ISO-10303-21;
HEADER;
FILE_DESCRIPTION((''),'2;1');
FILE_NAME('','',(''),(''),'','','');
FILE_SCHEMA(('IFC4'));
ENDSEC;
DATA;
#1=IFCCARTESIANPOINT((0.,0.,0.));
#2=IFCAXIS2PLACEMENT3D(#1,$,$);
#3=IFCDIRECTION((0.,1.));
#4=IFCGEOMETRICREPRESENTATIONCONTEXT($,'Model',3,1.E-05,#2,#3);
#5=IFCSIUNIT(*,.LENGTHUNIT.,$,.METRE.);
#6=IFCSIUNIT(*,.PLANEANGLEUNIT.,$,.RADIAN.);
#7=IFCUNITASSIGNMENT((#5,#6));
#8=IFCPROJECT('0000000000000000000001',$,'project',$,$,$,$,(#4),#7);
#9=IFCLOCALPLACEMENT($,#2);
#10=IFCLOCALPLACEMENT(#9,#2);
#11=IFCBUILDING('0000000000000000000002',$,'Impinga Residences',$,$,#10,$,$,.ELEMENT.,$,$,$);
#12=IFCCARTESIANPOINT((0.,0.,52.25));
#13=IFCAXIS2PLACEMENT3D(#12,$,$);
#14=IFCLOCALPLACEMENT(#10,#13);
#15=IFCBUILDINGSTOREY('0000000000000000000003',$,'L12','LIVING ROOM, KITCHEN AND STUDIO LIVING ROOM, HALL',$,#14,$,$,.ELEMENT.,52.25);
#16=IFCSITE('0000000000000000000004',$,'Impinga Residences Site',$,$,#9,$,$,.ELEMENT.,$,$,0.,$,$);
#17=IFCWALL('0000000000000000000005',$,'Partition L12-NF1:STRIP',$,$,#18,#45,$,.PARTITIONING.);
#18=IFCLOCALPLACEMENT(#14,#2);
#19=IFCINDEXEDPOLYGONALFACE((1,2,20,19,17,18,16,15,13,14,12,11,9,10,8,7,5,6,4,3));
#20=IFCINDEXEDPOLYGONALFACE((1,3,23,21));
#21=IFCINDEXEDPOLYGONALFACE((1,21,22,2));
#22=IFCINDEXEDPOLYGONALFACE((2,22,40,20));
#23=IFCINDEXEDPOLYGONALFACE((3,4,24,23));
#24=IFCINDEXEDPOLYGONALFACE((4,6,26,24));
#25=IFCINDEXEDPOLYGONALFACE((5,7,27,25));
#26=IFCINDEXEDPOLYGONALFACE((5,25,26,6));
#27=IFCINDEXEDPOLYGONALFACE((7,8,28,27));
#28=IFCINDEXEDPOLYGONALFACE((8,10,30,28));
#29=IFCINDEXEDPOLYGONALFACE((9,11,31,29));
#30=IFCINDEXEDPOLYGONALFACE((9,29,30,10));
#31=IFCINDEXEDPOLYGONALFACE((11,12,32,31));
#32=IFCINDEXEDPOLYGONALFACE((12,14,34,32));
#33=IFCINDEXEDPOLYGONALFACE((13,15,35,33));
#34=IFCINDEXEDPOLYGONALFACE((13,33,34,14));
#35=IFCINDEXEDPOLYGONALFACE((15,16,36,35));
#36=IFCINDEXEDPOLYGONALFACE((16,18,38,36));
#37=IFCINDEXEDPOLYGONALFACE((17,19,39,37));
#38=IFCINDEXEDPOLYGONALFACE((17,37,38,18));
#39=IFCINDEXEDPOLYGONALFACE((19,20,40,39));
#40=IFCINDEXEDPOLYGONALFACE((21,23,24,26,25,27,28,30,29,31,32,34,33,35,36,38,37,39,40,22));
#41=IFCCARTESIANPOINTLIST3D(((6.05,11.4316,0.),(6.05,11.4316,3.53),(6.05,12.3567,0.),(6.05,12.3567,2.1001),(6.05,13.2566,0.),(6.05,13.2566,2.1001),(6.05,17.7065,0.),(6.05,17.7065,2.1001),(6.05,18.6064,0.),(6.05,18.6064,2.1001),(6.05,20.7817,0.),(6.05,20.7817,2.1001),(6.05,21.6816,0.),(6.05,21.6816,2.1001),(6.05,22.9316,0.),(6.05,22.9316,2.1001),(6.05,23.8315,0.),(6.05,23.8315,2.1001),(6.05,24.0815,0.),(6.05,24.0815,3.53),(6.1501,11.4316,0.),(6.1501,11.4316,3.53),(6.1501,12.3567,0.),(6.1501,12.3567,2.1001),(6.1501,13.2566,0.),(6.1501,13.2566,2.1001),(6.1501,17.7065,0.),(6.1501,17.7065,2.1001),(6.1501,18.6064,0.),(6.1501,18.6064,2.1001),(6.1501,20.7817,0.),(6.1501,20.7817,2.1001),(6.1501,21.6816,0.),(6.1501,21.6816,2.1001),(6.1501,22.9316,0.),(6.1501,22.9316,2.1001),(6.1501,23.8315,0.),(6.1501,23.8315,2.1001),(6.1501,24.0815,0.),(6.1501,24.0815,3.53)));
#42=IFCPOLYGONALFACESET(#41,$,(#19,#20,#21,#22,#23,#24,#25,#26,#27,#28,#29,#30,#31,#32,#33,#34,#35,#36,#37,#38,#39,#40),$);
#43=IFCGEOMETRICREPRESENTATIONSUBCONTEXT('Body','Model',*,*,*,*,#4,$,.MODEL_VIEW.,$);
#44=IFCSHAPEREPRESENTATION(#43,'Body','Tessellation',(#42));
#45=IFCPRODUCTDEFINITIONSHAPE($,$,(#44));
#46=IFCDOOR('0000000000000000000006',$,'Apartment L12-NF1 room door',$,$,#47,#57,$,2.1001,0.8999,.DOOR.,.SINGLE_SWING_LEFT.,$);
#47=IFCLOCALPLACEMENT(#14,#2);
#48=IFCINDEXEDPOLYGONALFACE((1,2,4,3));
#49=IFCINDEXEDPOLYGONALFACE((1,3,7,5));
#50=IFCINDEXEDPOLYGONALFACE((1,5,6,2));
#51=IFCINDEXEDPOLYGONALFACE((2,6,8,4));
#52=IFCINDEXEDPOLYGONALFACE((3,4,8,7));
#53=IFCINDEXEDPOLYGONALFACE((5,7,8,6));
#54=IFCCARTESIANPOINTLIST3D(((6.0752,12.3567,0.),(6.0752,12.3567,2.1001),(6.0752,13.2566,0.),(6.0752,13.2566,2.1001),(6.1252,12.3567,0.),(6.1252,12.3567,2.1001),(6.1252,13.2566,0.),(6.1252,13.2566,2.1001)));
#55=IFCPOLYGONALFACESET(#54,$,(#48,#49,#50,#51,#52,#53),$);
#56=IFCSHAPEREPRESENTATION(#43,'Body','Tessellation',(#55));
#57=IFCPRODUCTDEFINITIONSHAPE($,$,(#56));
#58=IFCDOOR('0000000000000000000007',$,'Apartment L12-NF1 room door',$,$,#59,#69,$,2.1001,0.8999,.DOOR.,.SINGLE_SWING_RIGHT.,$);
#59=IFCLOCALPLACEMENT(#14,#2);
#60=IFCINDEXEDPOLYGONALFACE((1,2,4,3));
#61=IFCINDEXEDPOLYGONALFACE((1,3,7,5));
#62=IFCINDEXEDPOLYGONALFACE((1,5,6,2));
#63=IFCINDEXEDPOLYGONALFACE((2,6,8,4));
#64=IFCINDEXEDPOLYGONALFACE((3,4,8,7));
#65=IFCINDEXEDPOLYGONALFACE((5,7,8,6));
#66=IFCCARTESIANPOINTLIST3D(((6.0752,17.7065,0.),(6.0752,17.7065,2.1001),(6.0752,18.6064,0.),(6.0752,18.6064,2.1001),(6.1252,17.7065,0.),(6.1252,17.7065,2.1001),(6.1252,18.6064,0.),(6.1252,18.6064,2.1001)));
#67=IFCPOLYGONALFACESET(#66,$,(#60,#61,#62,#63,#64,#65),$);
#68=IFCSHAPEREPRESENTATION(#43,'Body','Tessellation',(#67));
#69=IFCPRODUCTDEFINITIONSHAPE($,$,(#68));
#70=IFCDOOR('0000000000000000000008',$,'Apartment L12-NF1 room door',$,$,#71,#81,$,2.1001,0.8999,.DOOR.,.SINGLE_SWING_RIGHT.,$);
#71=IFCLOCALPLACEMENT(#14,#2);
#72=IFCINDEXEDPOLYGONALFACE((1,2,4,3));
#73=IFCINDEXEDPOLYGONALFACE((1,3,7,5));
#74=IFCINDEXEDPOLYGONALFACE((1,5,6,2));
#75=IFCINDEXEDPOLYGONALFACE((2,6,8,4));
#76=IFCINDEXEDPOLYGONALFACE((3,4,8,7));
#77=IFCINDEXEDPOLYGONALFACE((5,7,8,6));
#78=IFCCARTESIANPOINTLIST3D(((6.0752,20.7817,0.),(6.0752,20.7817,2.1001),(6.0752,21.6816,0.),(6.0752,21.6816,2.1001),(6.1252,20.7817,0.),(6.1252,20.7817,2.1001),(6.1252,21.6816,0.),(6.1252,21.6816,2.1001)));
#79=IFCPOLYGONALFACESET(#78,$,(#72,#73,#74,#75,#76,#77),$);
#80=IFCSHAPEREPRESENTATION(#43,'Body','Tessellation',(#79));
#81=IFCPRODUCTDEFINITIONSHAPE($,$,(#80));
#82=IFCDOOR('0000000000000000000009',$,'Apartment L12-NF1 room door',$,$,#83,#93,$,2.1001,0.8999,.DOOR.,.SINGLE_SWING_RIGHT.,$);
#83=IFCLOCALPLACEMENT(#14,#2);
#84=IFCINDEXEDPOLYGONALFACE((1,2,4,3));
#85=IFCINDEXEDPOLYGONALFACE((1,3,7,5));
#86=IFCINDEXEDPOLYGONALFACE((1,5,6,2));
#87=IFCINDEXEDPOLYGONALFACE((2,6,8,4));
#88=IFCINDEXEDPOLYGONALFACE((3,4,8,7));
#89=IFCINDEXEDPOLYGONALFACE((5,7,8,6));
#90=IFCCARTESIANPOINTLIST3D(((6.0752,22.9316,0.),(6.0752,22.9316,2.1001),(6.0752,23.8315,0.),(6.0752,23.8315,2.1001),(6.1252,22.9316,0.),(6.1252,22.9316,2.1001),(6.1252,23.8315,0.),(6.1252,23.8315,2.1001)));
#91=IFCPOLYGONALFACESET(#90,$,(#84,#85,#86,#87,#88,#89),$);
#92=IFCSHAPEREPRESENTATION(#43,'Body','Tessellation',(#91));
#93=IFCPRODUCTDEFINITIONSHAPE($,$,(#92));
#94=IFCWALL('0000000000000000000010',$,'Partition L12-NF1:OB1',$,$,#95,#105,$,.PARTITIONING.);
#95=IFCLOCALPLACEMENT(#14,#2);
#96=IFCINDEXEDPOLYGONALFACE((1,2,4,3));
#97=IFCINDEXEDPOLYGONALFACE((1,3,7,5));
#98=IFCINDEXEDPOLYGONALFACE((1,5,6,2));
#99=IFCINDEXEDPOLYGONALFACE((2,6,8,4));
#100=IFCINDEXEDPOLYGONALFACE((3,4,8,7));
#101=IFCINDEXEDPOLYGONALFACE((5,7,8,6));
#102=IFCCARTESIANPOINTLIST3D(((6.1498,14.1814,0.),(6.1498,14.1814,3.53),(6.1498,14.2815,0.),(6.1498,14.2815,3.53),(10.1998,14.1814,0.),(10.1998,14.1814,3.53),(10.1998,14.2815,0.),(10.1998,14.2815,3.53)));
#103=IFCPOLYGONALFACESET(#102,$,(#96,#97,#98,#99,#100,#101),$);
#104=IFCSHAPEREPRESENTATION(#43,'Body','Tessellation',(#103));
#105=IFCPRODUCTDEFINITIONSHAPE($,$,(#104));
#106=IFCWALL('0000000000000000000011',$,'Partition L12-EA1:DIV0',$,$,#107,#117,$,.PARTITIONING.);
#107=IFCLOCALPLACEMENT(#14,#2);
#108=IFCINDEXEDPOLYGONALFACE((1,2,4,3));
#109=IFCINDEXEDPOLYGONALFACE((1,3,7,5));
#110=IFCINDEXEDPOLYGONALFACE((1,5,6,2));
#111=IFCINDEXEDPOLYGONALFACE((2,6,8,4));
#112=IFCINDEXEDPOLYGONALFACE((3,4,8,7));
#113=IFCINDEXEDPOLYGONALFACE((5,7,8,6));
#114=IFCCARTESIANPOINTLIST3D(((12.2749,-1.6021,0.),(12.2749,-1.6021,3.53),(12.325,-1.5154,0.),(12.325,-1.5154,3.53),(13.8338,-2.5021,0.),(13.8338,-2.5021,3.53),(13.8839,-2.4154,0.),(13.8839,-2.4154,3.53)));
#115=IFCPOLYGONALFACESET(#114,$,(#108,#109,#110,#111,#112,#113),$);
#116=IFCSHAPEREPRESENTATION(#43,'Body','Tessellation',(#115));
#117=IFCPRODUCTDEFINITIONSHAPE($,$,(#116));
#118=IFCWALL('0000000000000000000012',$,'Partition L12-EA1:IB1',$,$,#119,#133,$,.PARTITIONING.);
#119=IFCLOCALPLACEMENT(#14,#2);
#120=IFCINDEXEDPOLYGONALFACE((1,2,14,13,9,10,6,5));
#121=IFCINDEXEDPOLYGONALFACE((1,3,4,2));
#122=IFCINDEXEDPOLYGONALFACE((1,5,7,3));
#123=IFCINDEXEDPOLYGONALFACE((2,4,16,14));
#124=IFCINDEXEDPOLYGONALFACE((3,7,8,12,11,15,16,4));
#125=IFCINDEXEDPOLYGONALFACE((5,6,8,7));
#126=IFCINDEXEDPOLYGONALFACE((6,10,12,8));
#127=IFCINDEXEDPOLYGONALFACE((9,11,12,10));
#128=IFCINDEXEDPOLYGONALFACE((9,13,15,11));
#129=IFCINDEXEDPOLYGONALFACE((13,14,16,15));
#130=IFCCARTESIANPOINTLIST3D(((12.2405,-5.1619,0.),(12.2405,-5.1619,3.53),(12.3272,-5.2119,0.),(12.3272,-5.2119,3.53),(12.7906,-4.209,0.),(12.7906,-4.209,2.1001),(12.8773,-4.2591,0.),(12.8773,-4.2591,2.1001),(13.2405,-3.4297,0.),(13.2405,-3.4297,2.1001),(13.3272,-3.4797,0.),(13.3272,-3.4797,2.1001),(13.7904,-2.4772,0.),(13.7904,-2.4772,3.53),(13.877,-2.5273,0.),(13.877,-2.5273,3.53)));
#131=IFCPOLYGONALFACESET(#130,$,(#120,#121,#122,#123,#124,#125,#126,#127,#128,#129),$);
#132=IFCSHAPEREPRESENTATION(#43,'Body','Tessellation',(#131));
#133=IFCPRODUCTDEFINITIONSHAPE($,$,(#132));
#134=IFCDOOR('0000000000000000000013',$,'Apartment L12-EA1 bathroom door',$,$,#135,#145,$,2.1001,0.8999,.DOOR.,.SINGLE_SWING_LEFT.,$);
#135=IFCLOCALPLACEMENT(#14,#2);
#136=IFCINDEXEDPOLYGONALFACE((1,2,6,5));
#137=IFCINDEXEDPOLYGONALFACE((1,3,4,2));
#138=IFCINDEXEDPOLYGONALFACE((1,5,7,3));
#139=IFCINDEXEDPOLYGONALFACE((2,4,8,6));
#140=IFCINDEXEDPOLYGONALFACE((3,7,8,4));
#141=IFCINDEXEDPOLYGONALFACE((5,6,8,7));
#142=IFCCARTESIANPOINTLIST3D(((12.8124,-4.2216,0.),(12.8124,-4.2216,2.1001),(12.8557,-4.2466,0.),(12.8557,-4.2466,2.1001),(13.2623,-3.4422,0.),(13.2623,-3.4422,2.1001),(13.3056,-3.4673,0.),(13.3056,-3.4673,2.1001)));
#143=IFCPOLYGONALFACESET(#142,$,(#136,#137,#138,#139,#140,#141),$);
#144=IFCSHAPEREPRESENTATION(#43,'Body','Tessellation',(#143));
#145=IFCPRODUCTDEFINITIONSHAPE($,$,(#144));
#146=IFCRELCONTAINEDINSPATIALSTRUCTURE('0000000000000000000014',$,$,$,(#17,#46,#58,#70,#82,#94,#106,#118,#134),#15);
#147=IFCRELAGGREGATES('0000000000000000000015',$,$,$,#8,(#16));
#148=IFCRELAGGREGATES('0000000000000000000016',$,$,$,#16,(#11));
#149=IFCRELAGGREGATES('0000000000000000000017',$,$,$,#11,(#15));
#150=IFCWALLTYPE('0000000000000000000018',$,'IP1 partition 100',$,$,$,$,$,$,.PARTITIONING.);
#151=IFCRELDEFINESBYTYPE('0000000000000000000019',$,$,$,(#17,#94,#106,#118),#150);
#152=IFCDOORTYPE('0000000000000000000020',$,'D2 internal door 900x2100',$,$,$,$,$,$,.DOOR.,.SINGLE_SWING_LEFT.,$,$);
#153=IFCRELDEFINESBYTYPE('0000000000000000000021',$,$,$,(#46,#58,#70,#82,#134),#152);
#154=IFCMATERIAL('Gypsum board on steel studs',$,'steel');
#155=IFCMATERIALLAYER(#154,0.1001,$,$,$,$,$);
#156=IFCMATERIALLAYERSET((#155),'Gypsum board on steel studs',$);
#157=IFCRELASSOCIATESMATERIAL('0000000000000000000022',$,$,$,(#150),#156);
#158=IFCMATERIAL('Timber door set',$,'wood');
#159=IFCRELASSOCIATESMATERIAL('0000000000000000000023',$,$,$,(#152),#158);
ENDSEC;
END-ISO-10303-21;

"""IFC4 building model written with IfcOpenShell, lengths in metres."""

from ifc_helpers import new_model, si_unit, direction, frame, frame_2d, origin, place, context, subcontext, project, spatial, rectangle, extrude, material, layer, layer_set, type_object, element, fill, save


model = new_model("IFC4")

# Units and contexts
model_context = context("Model", 3, precision=1e-05, world=origin(), true_north=direction((0.0, 1.0)))
body_context = subcontext(model_context, "Body", "Model", "MODEL_VIEW")
ifc_project = project(units=[si_unit("LENGTHUNIT", "METRE"), si_unit("PLANEANGLEUNIT", "RADIAN")], contexts=[model_context])

# Site, building, storey
site_placement = place(None, origin())
site = spatial("IfcSite", under=ifc_project, at=site_placement, Name="Impinga Residences Site", CompositionType="ELEMENT", RefElevation=0.0)
building_placement = place(site_placement, origin())
building = spatial("IfcBuilding", under=site, at=building_placement, Name="Impinga Residences", CompositionType="ELEMENT")
storey_placement = place(building_placement, frame((0.0, 0.0, 52.25)))
storey = spatial("IfcBuildingStorey", under=building, at=storey_placement, Name="L12", Description="LIVING ROOM, KITCHEN AND STUDIO LIVING ROOM, HALL", CompositionType="ELEMENT", Elevation=52.25)

# Shared definitions
ifc_material_1 = material(Name="Timber door set", Category="wood")

# Wall, openings, doors
ifc_material_2 = material(Name="Gypsum board on steel studs", Category="steel")
ifc_layer_1 = layer(ifc_material_2, 0.1001)
ifc_layer_set_1 = layer_set([ifc_layer_1], Name="Gypsum board on steel studs")
wall_type_1 = type_object("IfcWallType", Name="IP1 partition 100", PredefinedType="PARTITIONING", material=ifc_layer_set_1)
wall_1_placement = place(storey_placement, frame((6.1001, 11.4316, 0.0), z_axis=(0.0, 0.0, 1.0), x_axis=(0.0, 1.0, 0.0)))
wall_1 = element("IfcWall", 1, at=wall_1_placement, inside=storey, type_object=wall_type_1, Name="Partition L12-NF1:STRIP", PredefinedType="PARTITIONING", context=body_context, shape_type="SweptSolid", body=[
    extrude(rectangle(XDim=12.6499, YDim=0.1001, at=frame_2d((6.325, 0.0))), origin(), (0.0, 0.0, 1.0), 3.53),
])
opening_1_placement = place(wall_1_placement, frame((0.925, 0.0, 0.0)))
opening_1 = element("IfcOpeningElement", 2, at=opening_1_placement, cuts=wall_1, PredefinedType="OPENING", context=body_context, shape_type="SweptSolid", body=[
    extrude(rectangle(XDim=0.8999, YDim=2.1001, at=frame_2d((0.45, 1.05))), frame((0.0, 0.0601, 0.0), z_axis=(0.0, -1.0, 0.0), x_axis=(1.0, 0.0, 0.0)), (0.0, 0.0, 1.0), 0.1201),
])
opening_2_placement = place(wall_1_placement, frame((6.2749, 0.0, 0.0)))
opening_2 = element("IfcOpeningElement", 3, at=opening_2_placement, cuts=wall_1, PredefinedType="OPENING", context=body_context, shape_type="SweptSolid", body=[
    extrude(rectangle(XDim=0.8999, YDim=2.1001, at=frame_2d((0.45, 1.05))), frame((0.0, 0.0601, 0.0), z_axis=(0.0, -1.0, 0.0), x_axis=(1.0, 0.0, 0.0)), (0.0, 0.0, 1.0), 0.1201),
])
opening_3_placement = place(wall_1_placement, frame((9.3501, 0.0, 0.0)))
opening_3 = element("IfcOpeningElement", 4, at=opening_3_placement, cuts=wall_1, PredefinedType="OPENING", context=body_context, shape_type="SweptSolid", body=[
    extrude(rectangle(XDim=0.8999, YDim=2.1001, at=frame_2d((0.45, 1.05))), frame((0.0, 0.0601, 0.0), z_axis=(0.0, -1.0, 0.0), x_axis=(1.0, 0.0, 0.0)), (0.0, 0.0, 1.0), 0.1201),
])
opening_4_placement = place(wall_1_placement, frame((11.5, 0.0, 0.0)))
opening_4 = element("IfcOpeningElement", 5, at=opening_4_placement, cuts=wall_1, PredefinedType="OPENING", context=body_context, shape_type="SweptSolid", body=[
    extrude(rectangle(XDim=0.8999, YDim=2.1001, at=frame_2d((0.45, 1.05))), frame((0.0, 0.0601, 0.0), z_axis=(0.0, -1.0, 0.0), x_axis=(1.0, 0.0, 0.0)), (0.0, 0.0, 1.0), 0.1201),
])
door_type_1 = type_object("IfcDoorType", Name="D2 internal door 900x2100", OperationType="SINGLE_SWING_LEFT", PredefinedType="DOOR", material=ifc_material_1)
door_1_placement = place(opening_1_placement, origin())
door_1 = element("IfcDoor", 6, at=door_1_placement, inside=storey, type_object=door_type_1, Name="Apartment L12-NF1 room door", OperationType="SINGLE_SWING_LEFT", OverallHeight=2.1001, OverallWidth=0.8999, PredefinedType="DOOR", context=body_context, shape_type="SweptSolid", body=[
    extrude(rectangle(XDim=0.8999, YDim=2.1001, at=frame_2d((0.45, 1.05))), frame((0.0, 0.0249, 0.0), z_axis=(0.0, -1.0, 0.0), x_axis=(1.0, 0.0, 0.0)), (0.0, 0.0, 1.0), 0.05),
])
fill(opening_1, door_1)
door_2_placement = place(opening_2_placement, origin())
door_2 = element("IfcDoor", 7, at=door_2_placement, inside=storey, type_object=door_type_1, Name="Apartment L12-NF1 room door", OperationType="SINGLE_SWING_RIGHT", OverallHeight=2.1001, OverallWidth=0.8999, PredefinedType="DOOR", context=body_context, shape_type="SweptSolid", body=[
    extrude(rectangle(XDim=0.8999, YDim=2.1001, at=frame_2d((0.45, 1.05))), frame((0.0, 0.0249, 0.0), z_axis=(0.0, -1.0, 0.0), x_axis=(1.0, 0.0, 0.0)), (0.0, 0.0, 1.0), 0.05),
])
fill(opening_2, door_2)
door_3_placement = place(opening_3_placement, origin())
door_3 = element("IfcDoor", 8, at=door_3_placement, inside=storey, type_object=door_type_1, Name="Apartment L12-NF1 room door", OperationType="SINGLE_SWING_RIGHT", OverallHeight=2.1001, OverallWidth=0.8999, PredefinedType="DOOR", context=body_context, shape_type="SweptSolid", body=[
    extrude(rectangle(XDim=0.8999, YDim=2.1001, at=frame_2d((0.45, 1.05))), frame((0.0, 0.0249, 0.0), z_axis=(0.0, -1.0, 0.0), x_axis=(1.0, 0.0, 0.0)), (0.0, 0.0, 1.0), 0.05),
])
fill(opening_3, door_3)
door_4_placement = place(opening_4_placement, origin())
door_4 = element("IfcDoor", 9, at=door_4_placement, inside=storey, type_object=door_type_1, Name="Apartment L12-NF1 room door", OperationType="SINGLE_SWING_RIGHT", OverallHeight=2.1001, OverallWidth=0.8999, PredefinedType="DOOR", context=body_context, shape_type="SweptSolid", body=[
    extrude(rectangle(XDim=0.8999, YDim=2.1001, at=frame_2d((0.45, 1.05))), frame((0.0, 0.0249, 0.0), z_axis=(0.0, -1.0, 0.0), x_axis=(1.0, 0.0, 0.0)), (0.0, 0.0, 1.0), 0.05),
])
fill(opening_4, door_4)

# Walls
wall_2_placement = place(storey_placement, frame((6.1499, 14.2314, 0.0), z_axis=(0.0, 0.0, 1.0), x_axis=(1.0, 0.0, 0.0)))
element("IfcWall", 10, at=wall_2_placement, inside=storey, type_object=wall_type_1, Name="Partition L12-NF1:OB1", PredefinedType="PARTITIONING", context=body_context, shape_type="SweptSolid", body=[
    extrude(rectangle(XDim=4.05, YDim=0.1001, at=frame_2d((2.0249, 0.0))), origin(), (0.0, 0.0, 1.0), 3.53),
])
wall_3_placement = place(storey_placement, frame((12.3, -1.5588, 0.0), z_axis=(0.0, 0.0, 1.0), x_axis=(0.866048, -0.499961, 0.0)))
element("IfcWall", 11, at=wall_3_placement, inside=storey, type_object=wall_type_1, Name="Partition L12-EA1:DIV0", PredefinedType="PARTITIONING", context=body_context, shape_type="SweptSolid", body=[
    extrude(rectangle(XDim=1.8, YDim=0.1001, at=frame_2d((0.8999, 0.0))), origin(), (0.0, 0.0, 1.0), 3.53),
])

# Wall, opening, door
wall_4_placement = place(storey_placement, frame((12.2839, -5.1868, 0.0), z_axis=(0.0, 0.0, 1.0), x_axis=(0.499968, 0.866044, 0.0)))
wall_4 = element("IfcWall", 12, at=wall_4_placement, inside=storey, type_object=wall_type_1, Name="Partition L12-EA1:IB1", PredefinedType="PARTITIONING", context=body_context, shape_type="SweptSolid", body=[
    extrude(rectangle(XDim=3.0999, YDim=0.1001, at=frame_2d((1.5498, 0.0))), origin(), (0.0, 0.0, 1.0), 3.53),
])
opening_5_placement = place(wall_4_placement, frame((1.1001, 0.0, 0.0)))
opening_5 = element("IfcOpeningElement", 13, at=opening_5_placement, cuts=wall_4, PredefinedType="OPENING", context=body_context, shape_type="SweptSolid", body=[
    extrude(rectangle(XDim=0.8999, YDim=2.1001, at=frame_2d((0.45, 1.05))), frame((0.0, 0.0601, 0.0), z_axis=(0.0, -1.0, 0.0), x_axis=(1.0, 0.0, 0.0)), (0.0, 0.0, 1.0), 0.1201),
])
door_5_placement = place(opening_5_placement, origin())
door_5 = element("IfcDoor", 14, at=door_5_placement, inside=storey, type_object=door_type_1, Name="Apartment L12-EA1 bathroom door", OperationType="SINGLE_SWING_LEFT", OverallHeight=2.1001, OverallWidth=0.8999, PredefinedType="DOOR", context=body_context, shape_type="SweptSolid", body=[
    extrude(rectangle(XDim=0.8999, YDim=2.1001, at=frame_2d((0.45, 1.05))), frame((0.0, 0.0249, 0.0), z_axis=(0.0, -1.0, 0.0), x_axis=(1.0, 0.0, 0.0)), (0.0, 0.0, 1.0), 0.05),
])
fill(opening_5, door_5)

save(model, "model.ifc")
